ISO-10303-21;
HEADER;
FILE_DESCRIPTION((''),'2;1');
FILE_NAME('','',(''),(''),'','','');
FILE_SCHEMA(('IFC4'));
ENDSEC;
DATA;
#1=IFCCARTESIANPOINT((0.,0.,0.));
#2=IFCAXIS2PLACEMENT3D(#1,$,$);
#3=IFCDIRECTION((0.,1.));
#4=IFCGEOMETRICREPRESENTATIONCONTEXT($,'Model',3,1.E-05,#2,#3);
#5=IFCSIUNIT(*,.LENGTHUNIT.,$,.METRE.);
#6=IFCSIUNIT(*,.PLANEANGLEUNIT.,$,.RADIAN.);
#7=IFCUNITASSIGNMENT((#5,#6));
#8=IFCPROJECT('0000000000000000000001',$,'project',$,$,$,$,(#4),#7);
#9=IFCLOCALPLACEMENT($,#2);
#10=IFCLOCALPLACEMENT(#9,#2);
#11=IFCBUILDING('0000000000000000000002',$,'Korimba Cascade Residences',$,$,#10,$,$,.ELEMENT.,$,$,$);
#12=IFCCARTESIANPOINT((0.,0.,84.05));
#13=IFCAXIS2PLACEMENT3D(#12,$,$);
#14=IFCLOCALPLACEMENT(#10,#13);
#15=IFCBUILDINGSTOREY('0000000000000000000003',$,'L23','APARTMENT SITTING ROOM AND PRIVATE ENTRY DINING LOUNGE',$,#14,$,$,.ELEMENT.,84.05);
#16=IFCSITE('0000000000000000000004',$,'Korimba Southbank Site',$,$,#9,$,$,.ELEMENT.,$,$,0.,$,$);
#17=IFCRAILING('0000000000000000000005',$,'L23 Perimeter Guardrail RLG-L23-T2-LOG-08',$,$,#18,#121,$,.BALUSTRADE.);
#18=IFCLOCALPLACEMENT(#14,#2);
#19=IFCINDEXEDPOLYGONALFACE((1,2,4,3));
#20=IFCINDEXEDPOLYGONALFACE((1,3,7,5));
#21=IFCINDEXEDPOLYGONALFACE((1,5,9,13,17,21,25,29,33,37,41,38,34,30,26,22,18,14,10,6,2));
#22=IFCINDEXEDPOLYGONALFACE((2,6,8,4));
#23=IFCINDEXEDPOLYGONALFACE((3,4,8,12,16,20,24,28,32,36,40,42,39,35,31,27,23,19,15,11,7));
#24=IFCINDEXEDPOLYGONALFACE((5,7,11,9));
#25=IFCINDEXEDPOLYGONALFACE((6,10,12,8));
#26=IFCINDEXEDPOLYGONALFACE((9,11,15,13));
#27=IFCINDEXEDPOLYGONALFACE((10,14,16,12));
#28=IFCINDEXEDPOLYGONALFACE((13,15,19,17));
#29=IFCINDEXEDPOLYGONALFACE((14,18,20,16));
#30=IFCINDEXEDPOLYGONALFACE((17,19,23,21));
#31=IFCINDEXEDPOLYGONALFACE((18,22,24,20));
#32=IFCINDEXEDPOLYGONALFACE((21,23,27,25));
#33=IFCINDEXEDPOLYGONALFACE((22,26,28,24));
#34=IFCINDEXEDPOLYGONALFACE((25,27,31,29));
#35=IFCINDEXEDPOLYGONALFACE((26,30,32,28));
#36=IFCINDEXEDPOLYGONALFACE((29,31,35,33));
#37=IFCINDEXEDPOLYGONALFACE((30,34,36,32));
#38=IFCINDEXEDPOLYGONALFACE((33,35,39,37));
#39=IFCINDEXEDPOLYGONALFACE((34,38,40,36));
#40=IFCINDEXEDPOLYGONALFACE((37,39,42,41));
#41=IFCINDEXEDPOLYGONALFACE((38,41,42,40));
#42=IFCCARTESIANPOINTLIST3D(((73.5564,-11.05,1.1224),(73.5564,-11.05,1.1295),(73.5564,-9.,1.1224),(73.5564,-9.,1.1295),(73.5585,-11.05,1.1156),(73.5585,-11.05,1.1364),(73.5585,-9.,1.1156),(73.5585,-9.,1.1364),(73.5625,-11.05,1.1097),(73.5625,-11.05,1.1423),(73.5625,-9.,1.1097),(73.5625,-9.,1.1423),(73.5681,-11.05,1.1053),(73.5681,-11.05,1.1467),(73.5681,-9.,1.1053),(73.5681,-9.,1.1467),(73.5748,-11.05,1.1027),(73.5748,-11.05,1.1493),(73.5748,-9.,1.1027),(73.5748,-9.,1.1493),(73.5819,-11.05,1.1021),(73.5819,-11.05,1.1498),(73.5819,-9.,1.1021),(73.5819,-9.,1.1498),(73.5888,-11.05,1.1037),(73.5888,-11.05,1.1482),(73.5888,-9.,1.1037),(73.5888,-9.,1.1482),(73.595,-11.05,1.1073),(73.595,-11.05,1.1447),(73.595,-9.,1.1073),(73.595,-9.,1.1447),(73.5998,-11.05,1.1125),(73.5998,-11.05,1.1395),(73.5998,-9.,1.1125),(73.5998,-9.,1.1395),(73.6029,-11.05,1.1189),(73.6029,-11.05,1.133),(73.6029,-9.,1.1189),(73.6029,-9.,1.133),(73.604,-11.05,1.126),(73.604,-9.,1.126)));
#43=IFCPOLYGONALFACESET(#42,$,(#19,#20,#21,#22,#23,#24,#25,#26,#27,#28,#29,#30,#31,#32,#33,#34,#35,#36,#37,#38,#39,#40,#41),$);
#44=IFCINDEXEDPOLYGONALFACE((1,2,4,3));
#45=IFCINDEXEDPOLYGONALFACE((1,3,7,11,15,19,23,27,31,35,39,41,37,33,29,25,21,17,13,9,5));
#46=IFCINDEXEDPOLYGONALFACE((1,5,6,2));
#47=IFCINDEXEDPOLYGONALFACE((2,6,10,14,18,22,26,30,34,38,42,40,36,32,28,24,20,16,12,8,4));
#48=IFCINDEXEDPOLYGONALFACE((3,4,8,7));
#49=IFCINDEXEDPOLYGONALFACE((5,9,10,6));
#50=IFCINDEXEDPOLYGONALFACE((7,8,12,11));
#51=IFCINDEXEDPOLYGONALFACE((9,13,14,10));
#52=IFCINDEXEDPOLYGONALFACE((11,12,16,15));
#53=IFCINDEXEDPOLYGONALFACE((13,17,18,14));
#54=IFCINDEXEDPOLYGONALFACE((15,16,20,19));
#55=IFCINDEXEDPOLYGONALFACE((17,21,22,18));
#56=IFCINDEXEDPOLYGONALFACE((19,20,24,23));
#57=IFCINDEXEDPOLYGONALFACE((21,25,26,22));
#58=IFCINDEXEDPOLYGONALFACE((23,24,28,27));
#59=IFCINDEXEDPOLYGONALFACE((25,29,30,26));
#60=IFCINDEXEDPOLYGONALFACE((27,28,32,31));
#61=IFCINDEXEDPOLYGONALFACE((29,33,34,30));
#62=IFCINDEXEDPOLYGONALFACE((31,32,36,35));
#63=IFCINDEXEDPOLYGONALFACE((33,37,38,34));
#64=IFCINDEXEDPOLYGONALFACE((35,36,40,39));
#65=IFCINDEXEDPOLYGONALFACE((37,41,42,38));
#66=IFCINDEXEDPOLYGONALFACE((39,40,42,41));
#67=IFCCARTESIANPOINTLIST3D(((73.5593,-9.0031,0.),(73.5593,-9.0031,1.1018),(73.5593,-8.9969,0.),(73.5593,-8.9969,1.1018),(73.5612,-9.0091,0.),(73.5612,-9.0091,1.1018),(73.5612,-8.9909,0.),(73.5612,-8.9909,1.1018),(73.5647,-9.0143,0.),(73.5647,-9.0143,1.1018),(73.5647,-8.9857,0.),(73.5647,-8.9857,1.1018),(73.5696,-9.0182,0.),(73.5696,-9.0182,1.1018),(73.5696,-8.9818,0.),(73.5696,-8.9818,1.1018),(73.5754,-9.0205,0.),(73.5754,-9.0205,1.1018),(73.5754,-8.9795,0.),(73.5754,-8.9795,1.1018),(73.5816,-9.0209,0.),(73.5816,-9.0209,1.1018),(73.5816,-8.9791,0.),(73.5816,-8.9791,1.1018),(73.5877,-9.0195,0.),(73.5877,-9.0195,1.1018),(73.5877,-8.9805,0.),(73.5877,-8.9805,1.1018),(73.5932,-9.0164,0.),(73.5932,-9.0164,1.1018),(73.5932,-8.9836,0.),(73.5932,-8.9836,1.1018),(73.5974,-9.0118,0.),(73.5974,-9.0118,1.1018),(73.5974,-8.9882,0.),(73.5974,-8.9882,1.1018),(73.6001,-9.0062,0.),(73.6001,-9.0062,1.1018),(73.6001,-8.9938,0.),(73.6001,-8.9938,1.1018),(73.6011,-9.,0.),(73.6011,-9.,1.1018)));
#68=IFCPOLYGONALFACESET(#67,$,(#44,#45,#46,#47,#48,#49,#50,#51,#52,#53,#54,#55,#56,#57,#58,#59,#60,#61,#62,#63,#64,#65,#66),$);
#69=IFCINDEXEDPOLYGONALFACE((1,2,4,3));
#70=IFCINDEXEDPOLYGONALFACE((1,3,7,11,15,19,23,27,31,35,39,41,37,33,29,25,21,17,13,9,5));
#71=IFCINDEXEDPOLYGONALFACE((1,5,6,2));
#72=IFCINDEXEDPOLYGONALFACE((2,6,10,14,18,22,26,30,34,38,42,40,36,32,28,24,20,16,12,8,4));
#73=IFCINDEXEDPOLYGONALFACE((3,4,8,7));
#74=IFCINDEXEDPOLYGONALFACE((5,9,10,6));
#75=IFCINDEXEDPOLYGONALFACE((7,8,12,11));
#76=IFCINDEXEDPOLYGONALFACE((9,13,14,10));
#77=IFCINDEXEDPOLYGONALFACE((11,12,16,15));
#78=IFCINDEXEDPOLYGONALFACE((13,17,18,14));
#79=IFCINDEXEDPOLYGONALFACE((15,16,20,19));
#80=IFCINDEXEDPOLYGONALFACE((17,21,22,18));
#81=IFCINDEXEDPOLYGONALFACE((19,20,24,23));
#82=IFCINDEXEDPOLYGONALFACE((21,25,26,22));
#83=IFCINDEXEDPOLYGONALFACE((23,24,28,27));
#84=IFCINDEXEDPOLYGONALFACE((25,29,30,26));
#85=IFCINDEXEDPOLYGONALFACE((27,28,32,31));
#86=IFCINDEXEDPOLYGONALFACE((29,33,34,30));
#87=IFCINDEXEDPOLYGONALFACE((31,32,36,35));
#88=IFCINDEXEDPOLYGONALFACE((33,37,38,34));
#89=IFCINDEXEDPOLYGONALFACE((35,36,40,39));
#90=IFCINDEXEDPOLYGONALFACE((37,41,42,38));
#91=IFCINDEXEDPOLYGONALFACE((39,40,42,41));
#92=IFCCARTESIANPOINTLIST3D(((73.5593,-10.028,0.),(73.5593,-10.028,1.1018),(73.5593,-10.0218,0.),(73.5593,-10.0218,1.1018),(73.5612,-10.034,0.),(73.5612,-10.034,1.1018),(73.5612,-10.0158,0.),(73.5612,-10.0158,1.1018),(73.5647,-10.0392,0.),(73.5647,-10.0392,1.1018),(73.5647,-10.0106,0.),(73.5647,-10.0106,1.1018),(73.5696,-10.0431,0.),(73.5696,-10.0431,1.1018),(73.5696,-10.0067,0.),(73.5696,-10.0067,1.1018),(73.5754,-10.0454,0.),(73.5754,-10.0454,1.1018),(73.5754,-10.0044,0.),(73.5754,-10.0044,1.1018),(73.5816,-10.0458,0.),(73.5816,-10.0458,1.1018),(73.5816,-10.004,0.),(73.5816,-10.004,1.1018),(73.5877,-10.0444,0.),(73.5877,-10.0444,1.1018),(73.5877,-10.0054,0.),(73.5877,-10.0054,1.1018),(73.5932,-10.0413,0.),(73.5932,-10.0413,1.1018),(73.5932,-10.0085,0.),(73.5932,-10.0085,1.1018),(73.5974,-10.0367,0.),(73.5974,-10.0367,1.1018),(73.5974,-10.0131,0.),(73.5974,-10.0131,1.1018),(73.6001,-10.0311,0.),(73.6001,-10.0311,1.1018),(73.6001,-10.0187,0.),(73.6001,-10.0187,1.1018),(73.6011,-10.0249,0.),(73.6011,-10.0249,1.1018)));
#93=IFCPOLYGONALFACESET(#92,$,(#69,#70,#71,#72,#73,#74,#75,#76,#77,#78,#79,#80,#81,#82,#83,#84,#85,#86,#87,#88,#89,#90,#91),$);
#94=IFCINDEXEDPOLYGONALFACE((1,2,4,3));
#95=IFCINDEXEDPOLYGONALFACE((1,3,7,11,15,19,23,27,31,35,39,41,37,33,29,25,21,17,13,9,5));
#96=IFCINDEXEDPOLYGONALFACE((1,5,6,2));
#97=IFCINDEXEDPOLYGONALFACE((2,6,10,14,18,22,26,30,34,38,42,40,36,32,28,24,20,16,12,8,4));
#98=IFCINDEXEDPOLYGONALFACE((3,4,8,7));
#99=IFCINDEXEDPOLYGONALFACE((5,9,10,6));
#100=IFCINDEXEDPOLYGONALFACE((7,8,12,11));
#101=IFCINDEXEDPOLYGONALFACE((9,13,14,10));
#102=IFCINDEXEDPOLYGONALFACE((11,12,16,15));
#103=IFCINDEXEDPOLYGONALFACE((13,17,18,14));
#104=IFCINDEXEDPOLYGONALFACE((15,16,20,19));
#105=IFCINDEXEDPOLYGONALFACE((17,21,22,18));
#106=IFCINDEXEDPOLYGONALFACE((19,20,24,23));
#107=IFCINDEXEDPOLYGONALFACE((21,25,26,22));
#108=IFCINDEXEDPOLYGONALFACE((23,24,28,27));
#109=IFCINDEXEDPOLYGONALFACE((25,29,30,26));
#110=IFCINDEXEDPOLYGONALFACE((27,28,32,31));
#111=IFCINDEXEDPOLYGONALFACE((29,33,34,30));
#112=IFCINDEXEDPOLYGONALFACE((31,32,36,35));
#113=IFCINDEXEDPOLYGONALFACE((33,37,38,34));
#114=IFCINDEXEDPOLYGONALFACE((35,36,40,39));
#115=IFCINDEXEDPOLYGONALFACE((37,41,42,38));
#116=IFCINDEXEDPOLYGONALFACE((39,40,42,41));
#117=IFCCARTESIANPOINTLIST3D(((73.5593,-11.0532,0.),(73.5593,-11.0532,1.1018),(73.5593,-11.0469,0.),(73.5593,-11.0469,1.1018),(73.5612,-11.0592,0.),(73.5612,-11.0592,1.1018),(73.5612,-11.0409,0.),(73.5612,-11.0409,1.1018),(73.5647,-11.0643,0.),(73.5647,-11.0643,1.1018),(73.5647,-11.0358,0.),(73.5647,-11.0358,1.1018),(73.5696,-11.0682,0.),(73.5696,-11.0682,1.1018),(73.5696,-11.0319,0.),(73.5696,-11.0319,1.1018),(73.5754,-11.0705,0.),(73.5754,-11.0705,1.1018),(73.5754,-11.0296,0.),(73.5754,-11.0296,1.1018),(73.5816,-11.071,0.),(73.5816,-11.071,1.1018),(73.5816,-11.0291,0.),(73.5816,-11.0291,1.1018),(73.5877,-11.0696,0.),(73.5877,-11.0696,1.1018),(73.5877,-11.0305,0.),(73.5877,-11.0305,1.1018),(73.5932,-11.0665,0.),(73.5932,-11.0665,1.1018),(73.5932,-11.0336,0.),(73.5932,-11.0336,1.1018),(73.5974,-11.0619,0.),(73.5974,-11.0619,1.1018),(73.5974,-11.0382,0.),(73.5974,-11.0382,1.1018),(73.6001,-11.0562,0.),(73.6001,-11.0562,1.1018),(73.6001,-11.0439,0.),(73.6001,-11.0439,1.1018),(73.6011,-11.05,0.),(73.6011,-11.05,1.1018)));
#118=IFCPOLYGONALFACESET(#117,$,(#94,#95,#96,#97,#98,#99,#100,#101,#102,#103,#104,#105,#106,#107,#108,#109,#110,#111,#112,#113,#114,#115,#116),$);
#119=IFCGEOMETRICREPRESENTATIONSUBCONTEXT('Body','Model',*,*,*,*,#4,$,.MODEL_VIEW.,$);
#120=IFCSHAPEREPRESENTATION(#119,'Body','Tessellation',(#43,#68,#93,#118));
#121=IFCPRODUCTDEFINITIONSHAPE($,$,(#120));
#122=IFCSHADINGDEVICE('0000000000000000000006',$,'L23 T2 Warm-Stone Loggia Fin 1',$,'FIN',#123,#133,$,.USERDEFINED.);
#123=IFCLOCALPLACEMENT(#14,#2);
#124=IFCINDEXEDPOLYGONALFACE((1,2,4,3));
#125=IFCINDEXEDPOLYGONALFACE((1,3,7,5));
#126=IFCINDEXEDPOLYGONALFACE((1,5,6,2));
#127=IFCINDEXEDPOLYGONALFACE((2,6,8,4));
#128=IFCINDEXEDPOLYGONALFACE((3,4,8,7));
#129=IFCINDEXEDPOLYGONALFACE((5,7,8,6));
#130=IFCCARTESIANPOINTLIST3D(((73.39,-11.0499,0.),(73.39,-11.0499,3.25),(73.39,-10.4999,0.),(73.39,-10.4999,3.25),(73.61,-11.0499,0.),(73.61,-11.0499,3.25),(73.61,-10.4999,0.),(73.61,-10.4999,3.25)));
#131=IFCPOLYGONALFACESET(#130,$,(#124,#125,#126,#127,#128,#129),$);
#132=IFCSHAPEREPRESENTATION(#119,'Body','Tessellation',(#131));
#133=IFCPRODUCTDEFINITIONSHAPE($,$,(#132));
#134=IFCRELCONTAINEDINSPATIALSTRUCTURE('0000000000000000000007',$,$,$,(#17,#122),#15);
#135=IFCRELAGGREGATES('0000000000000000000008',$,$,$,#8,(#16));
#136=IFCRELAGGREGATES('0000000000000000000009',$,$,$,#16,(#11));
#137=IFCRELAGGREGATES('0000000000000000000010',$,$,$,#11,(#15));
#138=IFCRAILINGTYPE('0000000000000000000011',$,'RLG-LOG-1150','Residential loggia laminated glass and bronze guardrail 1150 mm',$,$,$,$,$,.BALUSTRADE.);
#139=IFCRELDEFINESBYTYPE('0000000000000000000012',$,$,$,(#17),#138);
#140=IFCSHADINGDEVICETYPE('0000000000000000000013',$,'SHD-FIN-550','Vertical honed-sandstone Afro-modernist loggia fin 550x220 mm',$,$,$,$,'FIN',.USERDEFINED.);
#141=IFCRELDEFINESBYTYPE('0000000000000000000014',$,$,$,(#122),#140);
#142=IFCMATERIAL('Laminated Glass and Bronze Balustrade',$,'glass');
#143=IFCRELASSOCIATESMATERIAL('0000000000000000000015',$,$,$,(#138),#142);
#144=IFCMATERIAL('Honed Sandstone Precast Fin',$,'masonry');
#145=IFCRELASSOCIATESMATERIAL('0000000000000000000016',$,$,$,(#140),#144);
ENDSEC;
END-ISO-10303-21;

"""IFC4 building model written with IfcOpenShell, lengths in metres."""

from ifc_helpers import new_model, si_unit, direction, frame, origin, origin_2d, place, context, subcontext, project, spatial, rectangle, circle, extrude, material, type_object, element, save


model = new_model("IFC4")

# Units and contexts
model_context = context("Model", 3, precision=1e-05, world=origin(), true_north=direction((0.0, 1.0)))
body_context = subcontext(model_context, "Body", "Model", "MODEL_VIEW")
ifc_project = project(units=[si_unit("LENGTHUNIT", "METRE"), si_unit("PLANEANGLEUNIT", "RADIAN")], contexts=[model_context])

# Site, building, storey
site_placement = place(None, origin())
site = spatial("IfcSite", under=ifc_project, at=site_placement, Name="Korimba Southbank Site", CompositionType="ELEMENT", RefElevation=0.0)
building_placement = place(site_placement, origin())
building = spatial("IfcBuilding", under=site, at=building_placement, Name="Korimba Cascade Residences", CompositionType="ELEMENT")
storey_placement = place(building_placement, frame((0.0, 0.0, 84.05)))
storey = spatial("IfcBuildingStorey", under=building, at=storey_placement, Name="L23", Description="APARTMENT SITTING ROOM AND PRIVATE ENTRY DINING LOUNGE", CompositionType="ELEMENT", Elevation=84.05)

# Railing
ifc_material_1 = material(Name="Laminated Glass and Bronze Balustrade", Category="glass")
railing_type = type_object("IfcRailingType", Name="RLG-LOG-1150", Description="Residential loggia laminated glass and bronze guardrail 1150 mm", PredefinedType="BALUSTRADE", material=ifc_material_1)
railing_1_placement = place(storey_placement, frame((73.5801, -9.0, 0.0)))
element("IfcRailing", 1, at=railing_1_placement, inside=storey, type_object=railing_type, Name="L23 Perimeter Guardrail RLG-L23-T2-LOG-08", PredefinedType="BALUSTRADE", context=body_context, shape_type="SweptSolid", body=[
    extrude(circle(Radius=0.0239, at=origin_2d()), frame((0.0, 0.0, 1.126), z_axis=(0.0, -1.0, 0.0), x_axis=(1.0, 0.0, 0.0)), (0.0, 0.0, 1.0), 2.05),
    extrude(circle(Radius=0.021, at=origin_2d()), origin(), (0.0, 0.0, 1.0), 1.1018),
    extrude(circle(Radius=0.021, at=origin_2d()), frame((0.0, -1.0249, 0.0)), (0.0, 0.0, 1.0), 1.1018),
    extrude(circle(Radius=0.021, at=origin_2d()), frame((0.0, -2.05, 0.0)), (0.0, 0.0, 1.0), 1.1018),
])

# Shading device
ifc_material_2 = material(Name="Honed Sandstone Precast Fin", Category="masonry")
shading_device_type = type_object("IfcShadingDeviceType", Name="SHD-FIN-550", Description="Vertical honed-sandstone Afro-modernist loggia fin 550x220 mm", ElementType="FIN", PredefinedType="USERDEFINED", material=ifc_material_2)
shading_device_placement = place(storey_placement, frame((73.5, -10.7749, 0.0), z_axis=(0.0, 0.0, 1.0), x_axis=(1.0, 0.0, 0.0)))
element("IfcShadingDevice", 2, at=shading_device_placement, inside=storey, type_object=shading_device_type, Name="L23 T2 Warm-Stone Loggia Fin 1", ObjectType="FIN", PredefinedType="USERDEFINED", context=body_context, shape_type="SweptSolid", body=[
    extrude(rectangle(XDim=0.22, YDim=0.55, at=origin_2d()), origin(), (0.0, 0.0, 1.0), 3.25),
])

save(model, "model.ifc")
